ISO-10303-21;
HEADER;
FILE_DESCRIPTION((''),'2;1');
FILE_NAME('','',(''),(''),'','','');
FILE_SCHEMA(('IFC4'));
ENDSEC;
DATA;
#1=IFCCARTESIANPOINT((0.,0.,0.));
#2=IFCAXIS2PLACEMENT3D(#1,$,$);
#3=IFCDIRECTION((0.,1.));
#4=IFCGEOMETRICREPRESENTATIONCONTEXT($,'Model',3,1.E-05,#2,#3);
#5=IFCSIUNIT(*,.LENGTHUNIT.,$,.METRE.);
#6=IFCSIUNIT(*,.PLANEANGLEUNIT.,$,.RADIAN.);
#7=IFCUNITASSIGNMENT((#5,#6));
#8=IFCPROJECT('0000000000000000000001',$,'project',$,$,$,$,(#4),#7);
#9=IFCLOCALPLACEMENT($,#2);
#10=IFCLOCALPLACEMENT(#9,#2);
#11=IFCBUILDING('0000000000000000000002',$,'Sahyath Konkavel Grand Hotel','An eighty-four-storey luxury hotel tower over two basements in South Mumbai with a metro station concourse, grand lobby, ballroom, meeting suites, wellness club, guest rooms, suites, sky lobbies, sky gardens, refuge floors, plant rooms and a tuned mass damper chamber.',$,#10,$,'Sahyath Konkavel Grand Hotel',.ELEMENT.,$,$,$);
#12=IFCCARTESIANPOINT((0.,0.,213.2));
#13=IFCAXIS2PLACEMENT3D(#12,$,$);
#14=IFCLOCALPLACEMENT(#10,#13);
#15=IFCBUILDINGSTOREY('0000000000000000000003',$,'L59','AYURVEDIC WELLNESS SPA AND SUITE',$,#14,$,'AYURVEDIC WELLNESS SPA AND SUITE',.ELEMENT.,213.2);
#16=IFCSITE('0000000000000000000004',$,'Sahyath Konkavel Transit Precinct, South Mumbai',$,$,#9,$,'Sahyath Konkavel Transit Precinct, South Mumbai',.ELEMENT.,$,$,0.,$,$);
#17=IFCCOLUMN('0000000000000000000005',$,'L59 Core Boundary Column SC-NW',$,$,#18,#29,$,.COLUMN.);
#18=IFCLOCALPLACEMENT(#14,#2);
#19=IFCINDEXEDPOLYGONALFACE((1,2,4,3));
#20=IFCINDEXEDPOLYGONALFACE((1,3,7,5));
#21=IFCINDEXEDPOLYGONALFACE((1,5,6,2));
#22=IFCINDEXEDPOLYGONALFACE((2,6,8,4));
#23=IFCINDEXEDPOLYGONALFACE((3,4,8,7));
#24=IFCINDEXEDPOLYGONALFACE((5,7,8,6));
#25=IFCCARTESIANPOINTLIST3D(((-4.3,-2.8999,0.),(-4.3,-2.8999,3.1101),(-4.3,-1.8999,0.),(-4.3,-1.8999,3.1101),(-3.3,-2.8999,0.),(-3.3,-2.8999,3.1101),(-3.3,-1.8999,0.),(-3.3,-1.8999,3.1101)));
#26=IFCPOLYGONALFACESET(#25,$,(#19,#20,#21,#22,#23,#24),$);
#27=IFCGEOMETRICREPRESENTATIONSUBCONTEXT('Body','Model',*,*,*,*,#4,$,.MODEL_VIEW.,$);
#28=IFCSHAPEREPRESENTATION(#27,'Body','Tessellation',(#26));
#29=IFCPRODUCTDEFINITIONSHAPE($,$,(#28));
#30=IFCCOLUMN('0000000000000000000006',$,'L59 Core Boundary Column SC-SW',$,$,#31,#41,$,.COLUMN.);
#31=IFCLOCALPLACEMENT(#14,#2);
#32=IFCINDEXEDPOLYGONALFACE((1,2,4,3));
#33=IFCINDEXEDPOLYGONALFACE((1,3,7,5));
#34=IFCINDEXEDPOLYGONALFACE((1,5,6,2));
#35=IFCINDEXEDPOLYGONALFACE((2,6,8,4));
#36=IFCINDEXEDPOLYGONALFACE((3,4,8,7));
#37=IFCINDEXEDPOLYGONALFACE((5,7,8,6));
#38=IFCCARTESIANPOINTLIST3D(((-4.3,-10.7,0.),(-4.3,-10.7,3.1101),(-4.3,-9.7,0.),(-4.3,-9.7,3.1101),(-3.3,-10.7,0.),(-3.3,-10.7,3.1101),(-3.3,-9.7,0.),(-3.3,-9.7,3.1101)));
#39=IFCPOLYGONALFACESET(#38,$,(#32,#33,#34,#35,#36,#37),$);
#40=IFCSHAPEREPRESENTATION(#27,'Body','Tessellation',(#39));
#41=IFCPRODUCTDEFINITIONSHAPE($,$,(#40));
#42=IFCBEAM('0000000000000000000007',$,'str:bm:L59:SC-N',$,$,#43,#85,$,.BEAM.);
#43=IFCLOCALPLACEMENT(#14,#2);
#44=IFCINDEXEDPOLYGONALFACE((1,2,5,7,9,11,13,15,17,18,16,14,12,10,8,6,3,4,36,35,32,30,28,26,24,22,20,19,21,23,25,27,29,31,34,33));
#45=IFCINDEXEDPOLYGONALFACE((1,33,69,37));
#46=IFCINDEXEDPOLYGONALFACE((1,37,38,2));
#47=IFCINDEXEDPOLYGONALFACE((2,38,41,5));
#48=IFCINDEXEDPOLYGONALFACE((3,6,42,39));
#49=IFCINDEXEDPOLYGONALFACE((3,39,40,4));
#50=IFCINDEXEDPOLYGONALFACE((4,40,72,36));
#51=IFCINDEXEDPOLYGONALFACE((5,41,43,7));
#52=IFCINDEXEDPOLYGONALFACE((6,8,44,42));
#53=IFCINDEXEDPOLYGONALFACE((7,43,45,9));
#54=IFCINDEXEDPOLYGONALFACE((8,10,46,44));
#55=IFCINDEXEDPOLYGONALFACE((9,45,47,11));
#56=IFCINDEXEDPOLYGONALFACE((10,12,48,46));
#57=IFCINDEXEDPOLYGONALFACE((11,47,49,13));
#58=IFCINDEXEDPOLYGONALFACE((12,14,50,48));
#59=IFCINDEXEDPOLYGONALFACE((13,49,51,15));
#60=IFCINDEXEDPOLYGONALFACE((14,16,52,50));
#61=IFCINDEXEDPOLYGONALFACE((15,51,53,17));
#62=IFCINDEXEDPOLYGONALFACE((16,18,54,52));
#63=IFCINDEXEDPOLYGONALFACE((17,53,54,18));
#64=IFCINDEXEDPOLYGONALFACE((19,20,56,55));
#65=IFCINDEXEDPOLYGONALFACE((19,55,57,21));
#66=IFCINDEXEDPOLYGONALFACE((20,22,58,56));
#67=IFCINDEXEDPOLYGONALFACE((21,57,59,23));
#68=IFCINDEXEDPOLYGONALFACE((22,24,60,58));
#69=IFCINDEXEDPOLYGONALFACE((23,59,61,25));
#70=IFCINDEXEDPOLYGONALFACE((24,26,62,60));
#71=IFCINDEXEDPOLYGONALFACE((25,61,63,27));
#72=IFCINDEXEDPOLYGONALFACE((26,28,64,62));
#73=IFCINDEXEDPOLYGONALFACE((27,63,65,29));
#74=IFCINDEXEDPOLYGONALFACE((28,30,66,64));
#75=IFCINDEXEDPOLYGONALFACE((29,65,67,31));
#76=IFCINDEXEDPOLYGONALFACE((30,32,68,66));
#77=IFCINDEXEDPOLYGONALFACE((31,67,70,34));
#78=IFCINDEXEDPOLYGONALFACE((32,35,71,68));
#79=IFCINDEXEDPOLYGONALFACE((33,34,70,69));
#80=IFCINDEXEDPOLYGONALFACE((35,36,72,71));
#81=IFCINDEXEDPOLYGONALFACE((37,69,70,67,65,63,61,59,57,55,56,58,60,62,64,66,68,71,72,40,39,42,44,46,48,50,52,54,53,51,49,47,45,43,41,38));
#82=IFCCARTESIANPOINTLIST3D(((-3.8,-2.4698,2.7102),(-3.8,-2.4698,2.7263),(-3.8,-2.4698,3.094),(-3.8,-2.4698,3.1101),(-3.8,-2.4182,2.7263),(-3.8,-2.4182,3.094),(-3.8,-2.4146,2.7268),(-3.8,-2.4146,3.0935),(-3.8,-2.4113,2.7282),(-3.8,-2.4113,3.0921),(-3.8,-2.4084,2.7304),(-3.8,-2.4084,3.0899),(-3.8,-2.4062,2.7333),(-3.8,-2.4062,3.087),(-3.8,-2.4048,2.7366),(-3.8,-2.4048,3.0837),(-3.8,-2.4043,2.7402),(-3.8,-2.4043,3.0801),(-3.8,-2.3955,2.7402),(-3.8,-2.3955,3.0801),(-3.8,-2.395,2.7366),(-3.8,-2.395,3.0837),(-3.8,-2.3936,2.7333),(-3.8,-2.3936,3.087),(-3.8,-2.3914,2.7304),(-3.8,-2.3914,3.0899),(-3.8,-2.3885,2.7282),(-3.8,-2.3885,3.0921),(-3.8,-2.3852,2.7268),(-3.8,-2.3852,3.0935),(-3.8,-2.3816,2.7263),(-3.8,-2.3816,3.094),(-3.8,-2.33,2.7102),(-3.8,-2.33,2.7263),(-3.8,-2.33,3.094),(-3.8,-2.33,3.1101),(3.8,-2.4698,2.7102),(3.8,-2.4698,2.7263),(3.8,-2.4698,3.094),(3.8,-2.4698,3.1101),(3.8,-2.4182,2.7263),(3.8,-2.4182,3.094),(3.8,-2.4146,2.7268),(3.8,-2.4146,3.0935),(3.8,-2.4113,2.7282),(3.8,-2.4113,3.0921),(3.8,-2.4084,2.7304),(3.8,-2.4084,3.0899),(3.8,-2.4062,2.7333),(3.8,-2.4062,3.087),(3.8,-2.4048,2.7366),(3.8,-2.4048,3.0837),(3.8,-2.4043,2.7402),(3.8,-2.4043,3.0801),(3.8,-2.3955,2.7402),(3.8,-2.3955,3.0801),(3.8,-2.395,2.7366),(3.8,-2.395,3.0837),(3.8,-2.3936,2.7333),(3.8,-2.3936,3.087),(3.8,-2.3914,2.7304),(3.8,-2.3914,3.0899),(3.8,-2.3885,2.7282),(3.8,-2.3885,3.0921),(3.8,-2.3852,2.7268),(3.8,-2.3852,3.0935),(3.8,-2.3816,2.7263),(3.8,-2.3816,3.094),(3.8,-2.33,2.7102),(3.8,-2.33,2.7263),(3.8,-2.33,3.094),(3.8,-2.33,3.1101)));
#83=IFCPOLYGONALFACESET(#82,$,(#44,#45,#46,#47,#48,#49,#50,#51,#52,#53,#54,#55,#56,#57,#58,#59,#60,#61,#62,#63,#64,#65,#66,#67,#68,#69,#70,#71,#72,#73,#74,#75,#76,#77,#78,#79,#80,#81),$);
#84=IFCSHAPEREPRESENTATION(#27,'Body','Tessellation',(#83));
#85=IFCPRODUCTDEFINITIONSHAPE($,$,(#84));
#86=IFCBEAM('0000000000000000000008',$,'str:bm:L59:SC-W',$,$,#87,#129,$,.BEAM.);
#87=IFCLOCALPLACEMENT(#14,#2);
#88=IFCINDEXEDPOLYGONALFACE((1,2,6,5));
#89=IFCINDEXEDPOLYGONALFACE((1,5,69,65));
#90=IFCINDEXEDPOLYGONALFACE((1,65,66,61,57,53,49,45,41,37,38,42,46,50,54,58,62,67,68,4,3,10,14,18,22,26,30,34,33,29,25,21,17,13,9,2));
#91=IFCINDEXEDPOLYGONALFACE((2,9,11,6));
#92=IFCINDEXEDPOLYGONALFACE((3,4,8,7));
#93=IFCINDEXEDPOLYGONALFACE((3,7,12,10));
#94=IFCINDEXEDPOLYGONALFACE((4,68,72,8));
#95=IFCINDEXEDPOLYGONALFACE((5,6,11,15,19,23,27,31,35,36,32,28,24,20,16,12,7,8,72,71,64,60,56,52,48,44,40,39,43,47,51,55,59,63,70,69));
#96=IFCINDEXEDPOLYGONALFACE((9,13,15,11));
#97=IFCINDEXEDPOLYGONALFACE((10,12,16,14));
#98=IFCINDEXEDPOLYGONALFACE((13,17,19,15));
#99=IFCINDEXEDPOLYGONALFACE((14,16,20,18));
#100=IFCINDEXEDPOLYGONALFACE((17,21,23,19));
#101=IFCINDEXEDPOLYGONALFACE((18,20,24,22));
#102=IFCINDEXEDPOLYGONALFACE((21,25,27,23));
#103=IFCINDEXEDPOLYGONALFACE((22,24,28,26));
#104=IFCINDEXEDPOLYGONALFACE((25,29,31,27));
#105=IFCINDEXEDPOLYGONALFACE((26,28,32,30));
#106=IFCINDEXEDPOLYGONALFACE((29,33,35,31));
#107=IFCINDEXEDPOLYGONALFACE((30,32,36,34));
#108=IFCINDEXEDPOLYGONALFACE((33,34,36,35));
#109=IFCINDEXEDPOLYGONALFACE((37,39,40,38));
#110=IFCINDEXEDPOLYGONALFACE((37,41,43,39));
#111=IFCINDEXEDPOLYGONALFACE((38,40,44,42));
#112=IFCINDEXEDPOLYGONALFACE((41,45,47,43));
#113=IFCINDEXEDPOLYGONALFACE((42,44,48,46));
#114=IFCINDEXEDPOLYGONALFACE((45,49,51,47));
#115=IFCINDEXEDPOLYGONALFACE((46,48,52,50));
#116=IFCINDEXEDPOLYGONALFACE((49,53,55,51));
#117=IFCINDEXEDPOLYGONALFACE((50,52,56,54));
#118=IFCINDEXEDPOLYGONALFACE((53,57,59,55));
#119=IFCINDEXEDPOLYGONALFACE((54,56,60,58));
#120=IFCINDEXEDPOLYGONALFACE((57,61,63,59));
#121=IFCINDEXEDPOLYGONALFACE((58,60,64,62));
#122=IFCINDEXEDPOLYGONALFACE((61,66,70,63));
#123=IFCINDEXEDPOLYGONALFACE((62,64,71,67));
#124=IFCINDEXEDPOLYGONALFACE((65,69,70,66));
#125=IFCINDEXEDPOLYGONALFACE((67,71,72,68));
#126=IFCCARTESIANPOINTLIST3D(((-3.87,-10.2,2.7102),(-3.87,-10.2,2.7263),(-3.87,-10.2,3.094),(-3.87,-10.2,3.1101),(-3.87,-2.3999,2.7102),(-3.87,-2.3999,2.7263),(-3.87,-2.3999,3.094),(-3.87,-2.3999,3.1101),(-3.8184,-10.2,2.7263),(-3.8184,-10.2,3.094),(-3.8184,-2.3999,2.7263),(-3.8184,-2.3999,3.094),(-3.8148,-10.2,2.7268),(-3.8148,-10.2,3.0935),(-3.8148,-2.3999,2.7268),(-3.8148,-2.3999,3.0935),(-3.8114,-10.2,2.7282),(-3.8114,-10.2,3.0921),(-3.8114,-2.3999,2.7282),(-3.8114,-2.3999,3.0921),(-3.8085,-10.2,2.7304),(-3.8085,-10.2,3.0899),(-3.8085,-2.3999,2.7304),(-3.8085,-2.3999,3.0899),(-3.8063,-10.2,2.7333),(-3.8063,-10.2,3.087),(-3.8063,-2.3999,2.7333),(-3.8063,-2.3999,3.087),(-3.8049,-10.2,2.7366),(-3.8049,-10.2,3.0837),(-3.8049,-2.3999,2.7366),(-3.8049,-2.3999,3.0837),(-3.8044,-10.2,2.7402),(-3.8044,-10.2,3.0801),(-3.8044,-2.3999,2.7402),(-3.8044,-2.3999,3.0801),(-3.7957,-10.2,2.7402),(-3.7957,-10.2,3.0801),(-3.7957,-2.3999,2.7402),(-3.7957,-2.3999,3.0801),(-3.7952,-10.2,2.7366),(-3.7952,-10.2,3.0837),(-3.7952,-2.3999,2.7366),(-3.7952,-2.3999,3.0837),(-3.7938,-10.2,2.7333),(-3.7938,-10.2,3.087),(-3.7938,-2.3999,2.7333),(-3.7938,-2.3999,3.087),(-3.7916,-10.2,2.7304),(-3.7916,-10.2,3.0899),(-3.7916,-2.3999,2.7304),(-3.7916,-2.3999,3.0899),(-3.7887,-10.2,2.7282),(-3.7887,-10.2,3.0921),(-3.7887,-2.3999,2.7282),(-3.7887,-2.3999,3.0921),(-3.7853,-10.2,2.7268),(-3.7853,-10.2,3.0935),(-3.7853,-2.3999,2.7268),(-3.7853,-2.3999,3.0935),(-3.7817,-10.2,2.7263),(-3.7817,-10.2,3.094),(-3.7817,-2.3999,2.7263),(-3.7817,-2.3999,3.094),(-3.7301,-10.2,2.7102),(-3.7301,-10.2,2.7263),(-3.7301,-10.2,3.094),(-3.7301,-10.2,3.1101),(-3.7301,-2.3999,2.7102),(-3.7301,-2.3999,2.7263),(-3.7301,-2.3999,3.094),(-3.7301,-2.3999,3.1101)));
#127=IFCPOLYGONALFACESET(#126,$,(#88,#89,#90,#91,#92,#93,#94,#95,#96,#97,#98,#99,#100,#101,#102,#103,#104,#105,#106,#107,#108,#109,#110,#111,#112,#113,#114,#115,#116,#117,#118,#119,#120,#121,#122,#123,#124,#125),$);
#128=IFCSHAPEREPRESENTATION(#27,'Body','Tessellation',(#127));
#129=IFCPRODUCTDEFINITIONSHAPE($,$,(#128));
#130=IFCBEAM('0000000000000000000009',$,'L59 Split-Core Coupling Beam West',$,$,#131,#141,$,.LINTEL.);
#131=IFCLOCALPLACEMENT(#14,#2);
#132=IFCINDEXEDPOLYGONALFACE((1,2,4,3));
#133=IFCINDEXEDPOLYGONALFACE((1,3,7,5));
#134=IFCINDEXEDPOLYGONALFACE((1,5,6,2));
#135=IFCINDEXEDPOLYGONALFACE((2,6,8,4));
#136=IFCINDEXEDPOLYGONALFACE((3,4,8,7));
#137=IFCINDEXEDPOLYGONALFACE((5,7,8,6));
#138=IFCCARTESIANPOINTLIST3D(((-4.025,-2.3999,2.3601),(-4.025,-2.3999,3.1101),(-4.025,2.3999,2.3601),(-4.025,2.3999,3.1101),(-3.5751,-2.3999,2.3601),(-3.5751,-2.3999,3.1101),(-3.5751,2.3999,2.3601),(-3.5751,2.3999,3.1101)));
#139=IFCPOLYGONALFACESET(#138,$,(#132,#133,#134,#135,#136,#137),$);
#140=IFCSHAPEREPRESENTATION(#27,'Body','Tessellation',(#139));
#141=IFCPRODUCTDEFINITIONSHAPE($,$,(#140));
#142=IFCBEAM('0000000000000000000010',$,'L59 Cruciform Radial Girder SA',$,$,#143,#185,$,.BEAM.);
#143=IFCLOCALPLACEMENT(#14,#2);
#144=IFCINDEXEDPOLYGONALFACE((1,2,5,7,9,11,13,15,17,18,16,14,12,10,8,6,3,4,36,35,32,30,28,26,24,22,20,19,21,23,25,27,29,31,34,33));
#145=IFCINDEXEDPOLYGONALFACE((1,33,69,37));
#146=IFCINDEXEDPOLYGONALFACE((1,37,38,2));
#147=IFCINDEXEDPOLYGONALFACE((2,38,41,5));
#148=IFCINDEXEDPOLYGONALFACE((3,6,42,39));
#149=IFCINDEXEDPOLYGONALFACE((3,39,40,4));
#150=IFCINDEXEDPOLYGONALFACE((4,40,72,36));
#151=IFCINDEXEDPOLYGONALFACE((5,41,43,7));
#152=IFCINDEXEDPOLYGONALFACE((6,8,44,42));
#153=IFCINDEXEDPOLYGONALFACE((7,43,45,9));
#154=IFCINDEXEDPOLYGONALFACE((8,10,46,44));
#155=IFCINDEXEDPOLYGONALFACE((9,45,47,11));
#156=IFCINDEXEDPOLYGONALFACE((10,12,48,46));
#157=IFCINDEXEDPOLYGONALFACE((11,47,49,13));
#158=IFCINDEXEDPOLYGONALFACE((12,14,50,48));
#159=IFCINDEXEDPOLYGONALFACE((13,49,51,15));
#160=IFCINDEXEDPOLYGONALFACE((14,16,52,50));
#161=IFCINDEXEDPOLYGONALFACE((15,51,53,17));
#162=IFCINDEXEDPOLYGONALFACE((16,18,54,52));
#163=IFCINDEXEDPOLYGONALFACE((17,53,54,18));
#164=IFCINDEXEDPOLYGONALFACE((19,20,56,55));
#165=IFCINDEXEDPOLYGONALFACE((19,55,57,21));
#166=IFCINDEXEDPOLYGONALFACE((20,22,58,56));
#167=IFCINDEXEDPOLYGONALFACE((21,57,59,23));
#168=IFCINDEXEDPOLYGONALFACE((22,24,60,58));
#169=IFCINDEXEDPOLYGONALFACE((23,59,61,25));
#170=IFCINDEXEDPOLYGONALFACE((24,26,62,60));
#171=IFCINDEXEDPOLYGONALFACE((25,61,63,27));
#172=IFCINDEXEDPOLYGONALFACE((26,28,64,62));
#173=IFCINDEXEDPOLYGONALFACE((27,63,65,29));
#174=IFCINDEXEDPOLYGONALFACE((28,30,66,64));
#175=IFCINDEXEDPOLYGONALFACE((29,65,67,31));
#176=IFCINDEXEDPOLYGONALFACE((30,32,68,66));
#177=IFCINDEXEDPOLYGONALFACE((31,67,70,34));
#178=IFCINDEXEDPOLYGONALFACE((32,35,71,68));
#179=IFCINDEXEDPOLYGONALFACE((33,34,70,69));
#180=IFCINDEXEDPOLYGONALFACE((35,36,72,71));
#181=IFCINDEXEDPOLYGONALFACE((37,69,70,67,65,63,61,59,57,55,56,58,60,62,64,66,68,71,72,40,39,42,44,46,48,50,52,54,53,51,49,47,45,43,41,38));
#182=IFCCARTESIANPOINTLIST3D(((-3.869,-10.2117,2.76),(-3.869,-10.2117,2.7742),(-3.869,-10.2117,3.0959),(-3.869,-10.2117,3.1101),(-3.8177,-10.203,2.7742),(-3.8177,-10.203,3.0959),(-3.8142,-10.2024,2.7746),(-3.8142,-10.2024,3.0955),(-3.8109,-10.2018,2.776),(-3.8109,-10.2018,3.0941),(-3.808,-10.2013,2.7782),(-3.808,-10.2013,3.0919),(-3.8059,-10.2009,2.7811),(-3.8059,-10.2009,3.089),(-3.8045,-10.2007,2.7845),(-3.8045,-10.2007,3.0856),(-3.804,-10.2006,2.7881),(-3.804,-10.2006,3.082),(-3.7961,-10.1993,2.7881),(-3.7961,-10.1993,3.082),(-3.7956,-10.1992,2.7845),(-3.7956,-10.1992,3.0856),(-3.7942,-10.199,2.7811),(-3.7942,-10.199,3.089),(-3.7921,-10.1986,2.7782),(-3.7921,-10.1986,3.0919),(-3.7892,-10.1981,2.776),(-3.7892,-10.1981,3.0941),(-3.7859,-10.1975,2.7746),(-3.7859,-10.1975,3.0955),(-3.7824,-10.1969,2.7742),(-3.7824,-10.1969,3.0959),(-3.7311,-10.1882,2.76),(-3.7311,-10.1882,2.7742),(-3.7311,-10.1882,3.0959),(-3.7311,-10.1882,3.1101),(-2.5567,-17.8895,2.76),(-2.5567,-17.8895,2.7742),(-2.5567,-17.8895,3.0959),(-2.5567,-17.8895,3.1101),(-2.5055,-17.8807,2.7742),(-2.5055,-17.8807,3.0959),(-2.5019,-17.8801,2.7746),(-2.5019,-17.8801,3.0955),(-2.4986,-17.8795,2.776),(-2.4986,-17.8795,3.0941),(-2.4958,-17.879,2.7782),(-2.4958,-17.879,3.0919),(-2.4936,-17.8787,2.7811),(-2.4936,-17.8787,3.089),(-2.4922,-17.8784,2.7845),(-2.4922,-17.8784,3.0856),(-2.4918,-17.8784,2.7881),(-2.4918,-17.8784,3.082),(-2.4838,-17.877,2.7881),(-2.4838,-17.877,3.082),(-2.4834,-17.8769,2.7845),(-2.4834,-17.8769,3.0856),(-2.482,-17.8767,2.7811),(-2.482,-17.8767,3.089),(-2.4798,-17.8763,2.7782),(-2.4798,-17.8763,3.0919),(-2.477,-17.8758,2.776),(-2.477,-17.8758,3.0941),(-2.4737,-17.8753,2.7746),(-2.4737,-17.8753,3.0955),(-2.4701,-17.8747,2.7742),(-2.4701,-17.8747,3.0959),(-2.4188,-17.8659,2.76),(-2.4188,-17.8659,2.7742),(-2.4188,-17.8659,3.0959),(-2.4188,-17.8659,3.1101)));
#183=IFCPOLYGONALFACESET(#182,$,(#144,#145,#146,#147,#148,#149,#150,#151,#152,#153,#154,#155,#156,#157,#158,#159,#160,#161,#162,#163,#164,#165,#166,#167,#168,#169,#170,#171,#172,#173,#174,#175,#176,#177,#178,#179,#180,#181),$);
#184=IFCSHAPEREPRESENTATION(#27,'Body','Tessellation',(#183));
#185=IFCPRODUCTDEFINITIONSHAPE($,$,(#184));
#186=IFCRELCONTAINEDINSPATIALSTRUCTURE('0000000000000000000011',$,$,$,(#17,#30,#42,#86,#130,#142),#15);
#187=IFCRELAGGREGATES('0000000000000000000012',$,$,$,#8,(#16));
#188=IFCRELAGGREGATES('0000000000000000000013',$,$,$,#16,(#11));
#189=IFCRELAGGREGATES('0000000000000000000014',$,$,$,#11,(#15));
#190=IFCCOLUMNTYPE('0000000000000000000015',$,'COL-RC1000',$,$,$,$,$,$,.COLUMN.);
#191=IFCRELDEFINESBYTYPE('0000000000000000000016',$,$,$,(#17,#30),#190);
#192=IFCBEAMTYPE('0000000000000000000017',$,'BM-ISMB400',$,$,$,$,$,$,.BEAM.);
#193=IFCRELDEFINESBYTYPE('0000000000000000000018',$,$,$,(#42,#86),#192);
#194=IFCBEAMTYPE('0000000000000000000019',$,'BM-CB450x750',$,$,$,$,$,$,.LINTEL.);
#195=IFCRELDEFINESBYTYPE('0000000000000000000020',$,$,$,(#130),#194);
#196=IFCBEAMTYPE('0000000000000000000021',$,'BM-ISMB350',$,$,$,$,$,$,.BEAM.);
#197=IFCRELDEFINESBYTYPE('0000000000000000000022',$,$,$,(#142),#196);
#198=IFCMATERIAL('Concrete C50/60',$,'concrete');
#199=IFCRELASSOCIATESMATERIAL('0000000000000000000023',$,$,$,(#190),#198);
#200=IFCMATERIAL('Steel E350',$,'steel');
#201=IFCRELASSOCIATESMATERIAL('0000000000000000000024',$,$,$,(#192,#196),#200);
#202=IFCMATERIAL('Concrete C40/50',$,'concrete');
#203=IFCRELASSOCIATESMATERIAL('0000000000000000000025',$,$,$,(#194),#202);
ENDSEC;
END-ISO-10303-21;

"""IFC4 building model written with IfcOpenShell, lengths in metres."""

from ifc_helpers import new_model, si_unit, direction, frame, origin, origin_2d, place, context, subcontext, project, spatial, rectangle, i_section, extrude, source, transform, mapped, material, material_profile, profile_set, type_object, element, save


model = new_model("IFC4")

# Units and contexts
model_context = context("Model", 3, precision=1e-05, world=origin(), true_north=direction((0.0, 1.0)))
body_context = subcontext(model_context, "Body", "Model", "MODEL_VIEW")
ifc_project = project(units=[si_unit("LENGTHUNIT", "METRE"), si_unit("PLANEANGLEUNIT", "RADIAN")], contexts=[model_context])

# Site, building, storey
site_placement = place(None, origin())
site = spatial("IfcSite", under=ifc_project, at=site_placement, Name="Sahyath Konkavel Transit Precinct, South Mumbai", LongName="Sahyath Konkavel Transit Precinct, South Mumbai", CompositionType="ELEMENT", RefElevation=0.0)
building_placement = place(site_placement, origin())
building = spatial("IfcBuilding", under=site, at=building_placement, Name="Sahyath Konkavel Grand Hotel", Description="An eighty-four-storey luxury hotel tower over two basements in South Mumbai with a metro station concourse, grand lobby, ballroom, meeting suites, wellness club, guest rooms, suites, sky lobbies, sky gardens, refuge floors, plant rooms and a tuned mass damper chamber.", LongName="Sahyath Konkavel Grand Hotel", CompositionType="ELEMENT")
storey_placement = place(building_placement, frame((0.0, 0.0, 213.2)))
storey = spatial("IfcBuildingStorey", under=building, at=storey_placement, Name="L59", Description="AYURVEDIC WELLNESS SPA AND SUITE", LongName="AYURVEDIC WELLNESS SPA AND SUITE", CompositionType="ELEMENT", Elevation=213.2)

# Columns
ifc_material_1 = material(Name="Concrete C50/60", Category="concrete")
ifc_material_profile_1 = material_profile(ifc_material_1, rectangle(XDim=1.0, YDim=1.0, at=origin_2d()), Name="RC 1000x1000")
ifc_profile_set_1 = profile_set([ifc_material_profile_1], Name="Concrete C50/60")
column_type = type_object("IfcColumnType", Name="COL-RC1000", PredefinedType="COLUMN", material=ifc_profile_set_1)
shared_shape_1 = source(origin(), body_context, "Body", "SweptSolid", [
    extrude(rectangle(XDim=1.0, YDim=1.0, at=origin_2d()), origin(), (0.0, 0.0, 1.0), 3.1101),
])
for number, where, z_axis, x_axis, name in (
    (1, (-3.8, -2.3999, 0.0), (0.0, 0.0, 1.0), (1.0, 0.0, 0.0), "L59 Core Boundary Column SC-NW"),
    (2, (-3.8, -10.2, 0.0), (0.0, 0.0, 1.0), (1.0, 0.0, 0.0), "L59 Core Boundary Column SC-SW"),
):
    element("IfcColumn", number, at=place(storey_placement, frame(where, z_axis=z_axis, x_axis=x_axis)), inside=storey, type_object=column_type, Name=name, PredefinedType="COLUMN", context=body_context, shape_type="MappedRepresentation", body=[
        mapped(shared_shape_1, transform((0.0, 0.0, 0.0), scale=1.0)),
    ])

# Beams
ifc_material_2 = material(Name="Steel E350", Category="steel")
ifc_material_profile_2 = material_profile(ifc_material_2, i_section(OverallWidth=0.1399, OverallDepth=0.3999, WebThickness=0.0088, FlangeThickness=0.0161, FilletRadius=0.0139, at=origin_2d()), Name="ISMB 400")
ifc_profile_set_2 = profile_set([ifc_material_profile_2], Name="Steel E350")
beam_type_1 = type_object("IfcBeamType", Name="BM-ISMB400", PredefinedType="BEAM", material=ifc_profile_set_2)
shared_shape_2 = source(origin(), body_context, "Body", "SweptSolid", [
    extrude(i_section(OverallWidth=0.1399, OverallDepth=0.3999, WebThickness=0.0088, FlangeThickness=0.0161, FilletRadius=0.0139, at=origin_2d()), origin(), (0.0, 0.0, 1.0), 7.6001),
])
beam_1_placement = place(storey_placement, frame((-3.8, -2.3999, 2.9102), z_axis=(1.0, 0.0, 0.0), x_axis=(0.0, 1.0, 0.0)))
element("IfcBeam", 3, at=beam_1_placement, inside=storey, type_object=beam_type_1, Name="str:bm:L59:SC-N", PredefinedType="BEAM", context=body_context, shape_type="MappedRepresentation", body=[
    mapped(shared_shape_2, transform((0.0, 0.0, 0.0), scale=1.0)),
])
shared_shape_3 = source(origin(), body_context, "Body", "SweptSolid", [
    extrude(i_section(OverallWidth=0.1399, OverallDepth=0.3999, WebThickness=0.0088, FlangeThickness=0.0161, FilletRadius=0.0139, at=origin_2d()), origin(), (0.0, 0.0, 1.0), 7.8),
])
beam_2_placement = place(storey_placement, frame((-3.8, -10.2, 2.9102), z_axis=(0.0, 1.0, 0.0), x_axis=(-1.0, 0.0, 0.0)))
element("IfcBeam", 4, at=beam_2_placement, inside=storey, type_object=beam_type_1, Name="str:bm:L59:SC-W", PredefinedType="BEAM", context=body_context, shape_type="MappedRepresentation", body=[
    mapped(shared_shape_3, transform((0.0, 0.0, 0.0), scale=1.0)),
])
ifc_material_3 = material(Name="Concrete C40/50", Category="concrete")
ifc_material_profile_3 = material_profile(ifc_material_3, rectangle(XDim=0.45, YDim=0.75, at=origin_2d()), Name="RC 450x750")
ifc_profile_set_3 = profile_set([ifc_material_profile_3], Name="Concrete C40/50")
beam_type_2 = type_object("IfcBeamType", Name="BM-CB450x750", PredefinedType="LINTEL", material=ifc_profile_set_3)
shared_shape_4 = source(origin(), body_context, "Body", "SweptSolid", [
    extrude(rectangle(XDim=0.45, YDim=0.75, at=origin_2d()), origin(), (0.0, 0.0, 1.0), 4.7998),
])
beam_3_placement = place(storey_placement, frame((-3.8, -2.3999, 2.7351), z_axis=(0.0, 1.0, 0.0), x_axis=(-1.0, 0.0, 0.0)))
element("IfcBeam", 5, at=beam_3_placement, inside=storey, type_object=beam_type_2, Name="L59 Split-Core Coupling Beam West", PredefinedType="LINTEL", context=body_context, shape_type="MappedRepresentation", body=[
    mapped(shared_shape_4, transform((0.0, 0.0, 0.0), scale=1.0)),
])
ifc_material_profile_4 = material_profile(ifc_material_2, i_section(OverallWidth=0.1399, OverallDepth=0.3501, WebThickness=0.0081, FlangeThickness=0.0142, FilletRadius=0.0139, at=origin_2d()), Name="ISMB 350")
ifc_profile_set_4 = profile_set([ifc_material_profile_4], Name="Steel E350")
beam_type_3 = type_object("IfcBeamType", Name="BM-ISMB350", PredefinedType="BEAM", material=ifc_profile_set_4)
shared_shape_5 = source(origin(), body_context, "Body", "SweptSolid", [
    extrude(i_section(OverallWidth=0.1399, OverallDepth=0.3501, WebThickness=0.0081, FlangeThickness=0.0142, FilletRadius=0.0139, at=origin_2d()), origin(), (0.0, 0.0, 1.0), 7.7891),
])
beam_4_placement = place(storey_placement, frame((-3.8, -10.2, 2.9351), z_axis=(0.168474, -0.985706, 0.0), x_axis=(0.985706, 0.168474, 0.0)))
element("IfcBeam", 6, at=beam_4_placement, inside=storey, type_object=beam_type_3, Name="L59 Cruciform Radial Girder SA", PredefinedType="BEAM", context=body_context, shape_type="MappedRepresentation", body=[
    mapped(shared_shape_5, transform((0.0, 0.0, 0.0), scale=1.0)),
])

save(model, "model.ifc")
